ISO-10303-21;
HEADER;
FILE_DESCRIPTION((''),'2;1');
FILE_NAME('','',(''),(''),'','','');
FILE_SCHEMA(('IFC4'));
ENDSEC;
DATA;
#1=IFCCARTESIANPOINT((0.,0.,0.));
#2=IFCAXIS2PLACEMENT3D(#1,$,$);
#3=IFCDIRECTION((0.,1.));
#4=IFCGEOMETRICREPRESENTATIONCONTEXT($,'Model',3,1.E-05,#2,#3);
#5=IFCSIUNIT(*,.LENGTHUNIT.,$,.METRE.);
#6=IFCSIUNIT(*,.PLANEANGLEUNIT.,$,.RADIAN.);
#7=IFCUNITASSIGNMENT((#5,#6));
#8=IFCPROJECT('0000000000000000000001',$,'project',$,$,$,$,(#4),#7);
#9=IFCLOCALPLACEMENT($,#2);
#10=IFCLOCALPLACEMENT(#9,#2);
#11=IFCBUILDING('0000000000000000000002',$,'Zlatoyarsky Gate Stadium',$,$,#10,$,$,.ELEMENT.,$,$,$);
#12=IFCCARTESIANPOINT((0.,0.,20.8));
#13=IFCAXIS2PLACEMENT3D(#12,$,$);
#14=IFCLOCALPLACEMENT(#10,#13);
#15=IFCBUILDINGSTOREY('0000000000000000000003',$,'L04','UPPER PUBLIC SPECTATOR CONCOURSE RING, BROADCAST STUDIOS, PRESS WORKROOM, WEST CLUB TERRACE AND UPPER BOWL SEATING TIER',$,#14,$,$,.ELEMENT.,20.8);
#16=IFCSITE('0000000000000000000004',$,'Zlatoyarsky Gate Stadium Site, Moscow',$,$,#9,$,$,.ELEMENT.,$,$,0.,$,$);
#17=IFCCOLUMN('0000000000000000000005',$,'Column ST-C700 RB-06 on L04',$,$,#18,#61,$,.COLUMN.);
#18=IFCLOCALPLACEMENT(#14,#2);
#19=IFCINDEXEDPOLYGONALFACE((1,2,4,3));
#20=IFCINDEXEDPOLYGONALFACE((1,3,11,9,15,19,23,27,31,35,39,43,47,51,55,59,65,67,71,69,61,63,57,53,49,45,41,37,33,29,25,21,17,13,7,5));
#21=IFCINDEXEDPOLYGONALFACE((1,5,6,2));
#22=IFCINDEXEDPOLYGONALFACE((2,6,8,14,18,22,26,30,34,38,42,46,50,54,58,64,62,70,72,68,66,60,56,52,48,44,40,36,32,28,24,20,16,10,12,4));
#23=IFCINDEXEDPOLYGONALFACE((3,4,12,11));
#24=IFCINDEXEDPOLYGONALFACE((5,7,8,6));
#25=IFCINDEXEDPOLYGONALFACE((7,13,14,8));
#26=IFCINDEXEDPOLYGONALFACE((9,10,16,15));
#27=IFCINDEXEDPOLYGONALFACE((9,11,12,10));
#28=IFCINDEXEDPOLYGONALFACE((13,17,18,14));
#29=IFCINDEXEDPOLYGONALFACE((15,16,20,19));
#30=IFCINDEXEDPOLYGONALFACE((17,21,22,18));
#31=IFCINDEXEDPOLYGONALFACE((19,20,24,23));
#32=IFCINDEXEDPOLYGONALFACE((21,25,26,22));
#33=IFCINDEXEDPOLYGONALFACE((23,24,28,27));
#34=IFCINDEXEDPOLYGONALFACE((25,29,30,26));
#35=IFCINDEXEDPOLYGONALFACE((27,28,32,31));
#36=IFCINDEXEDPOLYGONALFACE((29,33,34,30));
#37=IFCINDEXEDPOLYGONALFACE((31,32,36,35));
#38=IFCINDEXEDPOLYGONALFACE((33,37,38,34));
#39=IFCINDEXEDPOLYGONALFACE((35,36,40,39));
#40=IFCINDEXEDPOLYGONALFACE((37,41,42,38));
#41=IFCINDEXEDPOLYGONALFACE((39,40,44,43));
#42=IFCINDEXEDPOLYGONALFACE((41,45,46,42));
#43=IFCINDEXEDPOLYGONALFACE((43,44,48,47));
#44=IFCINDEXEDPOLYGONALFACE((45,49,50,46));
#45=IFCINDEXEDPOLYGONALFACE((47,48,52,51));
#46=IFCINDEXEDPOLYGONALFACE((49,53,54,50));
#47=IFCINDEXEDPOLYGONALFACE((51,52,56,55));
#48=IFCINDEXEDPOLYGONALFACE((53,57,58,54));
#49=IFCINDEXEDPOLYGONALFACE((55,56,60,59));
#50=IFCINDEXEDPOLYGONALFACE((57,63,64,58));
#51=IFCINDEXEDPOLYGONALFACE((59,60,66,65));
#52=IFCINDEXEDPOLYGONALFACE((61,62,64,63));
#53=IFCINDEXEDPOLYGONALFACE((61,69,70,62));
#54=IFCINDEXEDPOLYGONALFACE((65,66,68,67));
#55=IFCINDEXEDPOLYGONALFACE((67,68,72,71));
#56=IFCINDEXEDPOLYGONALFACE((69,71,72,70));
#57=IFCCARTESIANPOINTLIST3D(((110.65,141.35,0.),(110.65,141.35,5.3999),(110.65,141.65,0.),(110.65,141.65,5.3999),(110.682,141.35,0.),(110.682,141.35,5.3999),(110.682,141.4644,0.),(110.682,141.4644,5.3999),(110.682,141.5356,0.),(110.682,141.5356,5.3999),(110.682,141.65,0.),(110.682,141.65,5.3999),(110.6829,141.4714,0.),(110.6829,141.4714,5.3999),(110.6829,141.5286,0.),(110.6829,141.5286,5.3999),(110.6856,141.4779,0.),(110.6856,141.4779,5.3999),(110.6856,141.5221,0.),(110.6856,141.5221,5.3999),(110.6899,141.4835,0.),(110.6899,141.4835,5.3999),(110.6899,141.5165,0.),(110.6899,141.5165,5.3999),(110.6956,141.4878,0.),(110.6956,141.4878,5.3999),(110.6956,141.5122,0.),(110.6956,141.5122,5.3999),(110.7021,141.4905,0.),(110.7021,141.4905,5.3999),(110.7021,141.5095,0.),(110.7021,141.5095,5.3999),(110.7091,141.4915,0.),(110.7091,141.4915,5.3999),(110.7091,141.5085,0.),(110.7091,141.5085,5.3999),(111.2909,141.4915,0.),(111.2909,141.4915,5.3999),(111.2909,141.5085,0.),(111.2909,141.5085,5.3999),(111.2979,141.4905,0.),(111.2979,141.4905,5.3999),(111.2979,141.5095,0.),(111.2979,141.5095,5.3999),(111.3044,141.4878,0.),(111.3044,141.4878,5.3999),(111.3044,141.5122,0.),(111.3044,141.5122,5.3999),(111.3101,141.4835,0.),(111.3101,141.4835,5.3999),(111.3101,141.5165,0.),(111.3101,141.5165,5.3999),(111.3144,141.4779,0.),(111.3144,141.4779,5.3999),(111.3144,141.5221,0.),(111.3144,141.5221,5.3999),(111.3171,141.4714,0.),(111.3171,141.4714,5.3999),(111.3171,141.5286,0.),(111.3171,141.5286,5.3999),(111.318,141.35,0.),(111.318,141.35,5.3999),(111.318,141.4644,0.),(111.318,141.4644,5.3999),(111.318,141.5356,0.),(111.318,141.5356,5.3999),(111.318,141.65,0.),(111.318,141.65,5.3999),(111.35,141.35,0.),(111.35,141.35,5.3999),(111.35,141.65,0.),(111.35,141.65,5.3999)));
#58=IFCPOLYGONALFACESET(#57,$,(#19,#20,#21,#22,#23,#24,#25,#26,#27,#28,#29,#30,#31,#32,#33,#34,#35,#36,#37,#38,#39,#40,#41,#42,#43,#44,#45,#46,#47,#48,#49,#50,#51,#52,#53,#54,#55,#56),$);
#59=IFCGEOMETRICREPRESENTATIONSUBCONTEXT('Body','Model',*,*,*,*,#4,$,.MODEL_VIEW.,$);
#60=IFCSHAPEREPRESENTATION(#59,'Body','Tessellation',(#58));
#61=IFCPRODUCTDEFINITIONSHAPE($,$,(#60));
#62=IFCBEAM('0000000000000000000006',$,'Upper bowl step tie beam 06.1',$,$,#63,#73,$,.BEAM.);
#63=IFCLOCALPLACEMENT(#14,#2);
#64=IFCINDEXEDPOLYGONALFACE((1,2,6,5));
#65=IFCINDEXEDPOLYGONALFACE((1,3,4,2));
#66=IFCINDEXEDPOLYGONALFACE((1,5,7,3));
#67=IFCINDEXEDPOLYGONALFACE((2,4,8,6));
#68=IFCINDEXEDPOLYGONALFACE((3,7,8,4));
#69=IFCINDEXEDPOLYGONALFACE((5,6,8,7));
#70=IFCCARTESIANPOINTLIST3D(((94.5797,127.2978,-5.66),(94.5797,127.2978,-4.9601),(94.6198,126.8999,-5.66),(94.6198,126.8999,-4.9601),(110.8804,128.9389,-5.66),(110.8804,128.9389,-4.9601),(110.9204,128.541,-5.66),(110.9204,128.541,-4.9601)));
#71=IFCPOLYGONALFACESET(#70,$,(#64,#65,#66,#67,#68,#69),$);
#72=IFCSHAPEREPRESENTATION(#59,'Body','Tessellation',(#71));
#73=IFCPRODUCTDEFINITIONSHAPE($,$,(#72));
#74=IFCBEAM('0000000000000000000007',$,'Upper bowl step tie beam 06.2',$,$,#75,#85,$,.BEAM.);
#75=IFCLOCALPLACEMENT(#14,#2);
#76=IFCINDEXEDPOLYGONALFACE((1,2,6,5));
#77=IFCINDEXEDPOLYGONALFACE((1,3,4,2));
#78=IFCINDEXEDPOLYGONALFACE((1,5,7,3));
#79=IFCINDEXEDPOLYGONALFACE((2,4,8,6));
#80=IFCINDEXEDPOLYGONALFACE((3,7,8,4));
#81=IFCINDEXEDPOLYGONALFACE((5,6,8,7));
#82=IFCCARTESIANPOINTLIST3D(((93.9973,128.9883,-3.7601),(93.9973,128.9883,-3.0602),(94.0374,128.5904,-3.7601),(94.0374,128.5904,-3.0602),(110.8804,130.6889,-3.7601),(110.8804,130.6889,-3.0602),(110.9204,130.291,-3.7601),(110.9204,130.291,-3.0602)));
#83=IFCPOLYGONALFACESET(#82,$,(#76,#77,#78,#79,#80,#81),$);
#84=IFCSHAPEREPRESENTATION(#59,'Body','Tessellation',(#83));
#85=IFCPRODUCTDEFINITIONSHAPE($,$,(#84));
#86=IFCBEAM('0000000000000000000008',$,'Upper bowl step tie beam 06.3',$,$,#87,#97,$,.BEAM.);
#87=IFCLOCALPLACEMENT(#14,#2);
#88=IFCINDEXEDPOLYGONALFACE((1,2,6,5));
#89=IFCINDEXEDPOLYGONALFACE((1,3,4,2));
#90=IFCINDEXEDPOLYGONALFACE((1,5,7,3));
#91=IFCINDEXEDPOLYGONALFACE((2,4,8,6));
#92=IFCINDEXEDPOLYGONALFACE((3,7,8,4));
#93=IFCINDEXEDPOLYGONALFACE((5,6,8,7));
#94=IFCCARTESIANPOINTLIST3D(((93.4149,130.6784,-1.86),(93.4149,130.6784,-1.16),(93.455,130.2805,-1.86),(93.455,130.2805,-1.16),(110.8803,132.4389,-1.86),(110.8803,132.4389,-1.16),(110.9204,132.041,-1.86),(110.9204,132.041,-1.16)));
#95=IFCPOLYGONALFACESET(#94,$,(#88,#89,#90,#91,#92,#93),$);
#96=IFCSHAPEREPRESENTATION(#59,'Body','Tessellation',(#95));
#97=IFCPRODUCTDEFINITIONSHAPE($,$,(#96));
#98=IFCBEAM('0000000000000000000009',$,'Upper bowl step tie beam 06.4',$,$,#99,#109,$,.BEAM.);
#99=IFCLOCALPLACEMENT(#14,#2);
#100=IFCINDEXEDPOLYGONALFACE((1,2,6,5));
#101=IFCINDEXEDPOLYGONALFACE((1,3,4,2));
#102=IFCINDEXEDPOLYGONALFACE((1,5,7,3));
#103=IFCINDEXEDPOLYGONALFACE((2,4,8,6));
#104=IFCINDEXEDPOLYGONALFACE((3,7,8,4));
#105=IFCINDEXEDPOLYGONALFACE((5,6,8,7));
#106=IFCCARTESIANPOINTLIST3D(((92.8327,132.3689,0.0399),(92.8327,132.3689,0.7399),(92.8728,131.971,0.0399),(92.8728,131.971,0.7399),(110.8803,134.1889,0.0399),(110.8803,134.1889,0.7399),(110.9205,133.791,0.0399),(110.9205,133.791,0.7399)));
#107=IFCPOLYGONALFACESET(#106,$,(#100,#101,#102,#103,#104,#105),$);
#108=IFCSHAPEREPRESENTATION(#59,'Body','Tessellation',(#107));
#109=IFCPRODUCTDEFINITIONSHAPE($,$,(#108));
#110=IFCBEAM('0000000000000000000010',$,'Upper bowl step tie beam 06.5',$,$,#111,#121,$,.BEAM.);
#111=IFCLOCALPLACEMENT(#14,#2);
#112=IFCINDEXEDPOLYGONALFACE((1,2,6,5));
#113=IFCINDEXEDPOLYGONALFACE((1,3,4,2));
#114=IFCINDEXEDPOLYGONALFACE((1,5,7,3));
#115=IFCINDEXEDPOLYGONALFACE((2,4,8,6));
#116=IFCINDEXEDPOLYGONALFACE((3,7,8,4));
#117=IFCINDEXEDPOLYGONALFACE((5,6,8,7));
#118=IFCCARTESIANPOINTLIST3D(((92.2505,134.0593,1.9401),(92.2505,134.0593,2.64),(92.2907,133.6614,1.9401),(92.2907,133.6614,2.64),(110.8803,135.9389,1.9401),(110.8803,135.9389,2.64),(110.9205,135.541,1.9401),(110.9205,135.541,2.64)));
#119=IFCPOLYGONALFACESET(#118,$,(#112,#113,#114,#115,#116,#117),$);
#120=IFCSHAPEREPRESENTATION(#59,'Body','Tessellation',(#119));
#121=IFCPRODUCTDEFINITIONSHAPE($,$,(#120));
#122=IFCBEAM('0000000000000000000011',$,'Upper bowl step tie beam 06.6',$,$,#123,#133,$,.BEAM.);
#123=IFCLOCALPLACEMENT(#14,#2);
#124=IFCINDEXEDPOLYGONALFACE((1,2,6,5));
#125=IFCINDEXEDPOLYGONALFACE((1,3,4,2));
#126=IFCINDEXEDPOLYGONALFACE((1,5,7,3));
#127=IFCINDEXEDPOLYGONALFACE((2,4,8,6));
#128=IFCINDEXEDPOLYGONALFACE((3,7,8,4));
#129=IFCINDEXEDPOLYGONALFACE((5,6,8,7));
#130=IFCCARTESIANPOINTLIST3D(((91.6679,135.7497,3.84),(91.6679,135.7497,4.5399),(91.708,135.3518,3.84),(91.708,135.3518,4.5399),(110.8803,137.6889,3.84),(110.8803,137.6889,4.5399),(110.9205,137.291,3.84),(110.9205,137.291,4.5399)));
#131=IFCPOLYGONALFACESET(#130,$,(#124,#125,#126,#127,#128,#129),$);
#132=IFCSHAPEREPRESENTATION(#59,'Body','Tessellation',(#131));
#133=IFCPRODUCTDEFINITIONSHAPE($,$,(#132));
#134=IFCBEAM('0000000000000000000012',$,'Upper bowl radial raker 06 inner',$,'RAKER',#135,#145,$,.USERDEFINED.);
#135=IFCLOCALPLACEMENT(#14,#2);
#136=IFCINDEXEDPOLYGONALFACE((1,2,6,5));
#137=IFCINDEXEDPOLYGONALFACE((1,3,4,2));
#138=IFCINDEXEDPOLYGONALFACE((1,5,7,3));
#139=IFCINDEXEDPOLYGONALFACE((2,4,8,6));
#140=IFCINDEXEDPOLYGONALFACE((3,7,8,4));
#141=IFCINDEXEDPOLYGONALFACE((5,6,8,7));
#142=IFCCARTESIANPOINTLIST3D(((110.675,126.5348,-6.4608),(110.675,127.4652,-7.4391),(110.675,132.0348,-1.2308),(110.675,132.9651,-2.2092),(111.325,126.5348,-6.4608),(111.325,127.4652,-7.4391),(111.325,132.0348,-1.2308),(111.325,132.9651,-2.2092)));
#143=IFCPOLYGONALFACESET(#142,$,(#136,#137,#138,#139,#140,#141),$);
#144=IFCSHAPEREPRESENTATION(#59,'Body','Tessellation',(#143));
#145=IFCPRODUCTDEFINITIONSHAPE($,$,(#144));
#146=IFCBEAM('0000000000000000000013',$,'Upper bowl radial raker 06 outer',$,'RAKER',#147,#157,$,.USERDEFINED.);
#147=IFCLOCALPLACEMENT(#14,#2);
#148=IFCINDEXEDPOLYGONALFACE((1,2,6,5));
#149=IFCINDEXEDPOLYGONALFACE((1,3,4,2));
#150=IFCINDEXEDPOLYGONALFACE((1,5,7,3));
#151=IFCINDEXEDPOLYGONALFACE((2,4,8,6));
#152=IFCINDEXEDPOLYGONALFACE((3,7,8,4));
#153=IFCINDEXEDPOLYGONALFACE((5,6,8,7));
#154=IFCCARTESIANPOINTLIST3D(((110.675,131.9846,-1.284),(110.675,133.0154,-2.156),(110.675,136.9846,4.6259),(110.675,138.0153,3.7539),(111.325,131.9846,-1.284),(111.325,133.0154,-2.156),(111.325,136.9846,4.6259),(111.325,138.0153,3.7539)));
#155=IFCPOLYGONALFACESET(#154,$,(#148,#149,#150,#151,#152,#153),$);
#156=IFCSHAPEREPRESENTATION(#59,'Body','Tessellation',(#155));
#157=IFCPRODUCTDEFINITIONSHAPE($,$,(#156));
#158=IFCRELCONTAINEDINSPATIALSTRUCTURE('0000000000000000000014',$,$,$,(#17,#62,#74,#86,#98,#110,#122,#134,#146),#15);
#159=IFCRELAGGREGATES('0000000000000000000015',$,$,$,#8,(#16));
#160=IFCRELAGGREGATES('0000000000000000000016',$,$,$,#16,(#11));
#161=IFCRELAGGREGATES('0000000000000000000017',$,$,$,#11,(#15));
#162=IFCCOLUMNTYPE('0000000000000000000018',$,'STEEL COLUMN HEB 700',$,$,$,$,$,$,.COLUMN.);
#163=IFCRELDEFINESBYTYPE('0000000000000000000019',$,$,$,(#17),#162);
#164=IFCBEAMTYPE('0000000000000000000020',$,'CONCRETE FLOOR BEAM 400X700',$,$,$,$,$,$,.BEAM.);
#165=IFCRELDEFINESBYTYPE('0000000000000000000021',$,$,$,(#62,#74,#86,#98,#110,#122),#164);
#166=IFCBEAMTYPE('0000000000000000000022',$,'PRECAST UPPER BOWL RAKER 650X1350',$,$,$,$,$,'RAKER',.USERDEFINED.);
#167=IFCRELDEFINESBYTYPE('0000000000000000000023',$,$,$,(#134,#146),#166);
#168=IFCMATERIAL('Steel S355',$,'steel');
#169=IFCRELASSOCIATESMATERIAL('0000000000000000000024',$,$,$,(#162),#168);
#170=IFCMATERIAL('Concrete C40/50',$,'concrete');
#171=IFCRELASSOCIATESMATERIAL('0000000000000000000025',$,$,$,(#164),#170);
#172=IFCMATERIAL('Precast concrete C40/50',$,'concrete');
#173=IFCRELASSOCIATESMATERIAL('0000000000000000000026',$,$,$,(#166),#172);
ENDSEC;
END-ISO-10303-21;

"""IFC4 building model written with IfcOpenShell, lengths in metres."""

from ifc_helpers import new_model, si_unit, direction, frame, origin, origin_2d, place, context, subcontext, project, spatial, rectangle, i_section, extrude, material, material_profile, profile_set, type_object, element, save


model = new_model("IFC4")

# Units and contexts
model_context = context("Model", 3, precision=1e-05, world=origin(), true_north=direction((0.0, 1.0)))
body_context = subcontext(model_context, "Body", "Model", "MODEL_VIEW")
ifc_project = project(units=[si_unit("LENGTHUNIT", "METRE"), si_unit("PLANEANGLEUNIT", "RADIAN")], contexts=[model_context])

# Site, building, storey
site_placement = place(None, origin())
site = spatial("IfcSite", under=ifc_project, at=site_placement, Name="Zlatoyarsky Gate Stadium Site, Moscow", CompositionType="ELEMENT", RefElevation=0.0)
building_placement = place(site_placement, origin())
building = spatial("IfcBuilding", under=site, at=building_placement, Name="Zlatoyarsky Gate Stadium", CompositionType="ELEMENT")
storey_placement = place(building_placement, frame((0.0, 0.0, 20.8)))
storey = spatial("IfcBuildingStorey", under=building, at=storey_placement, Name="L04", Description="UPPER PUBLIC SPECTATOR CONCOURSE RING, BROADCAST STUDIOS, PRESS WORKROOM, WEST CLUB TERRACE AND UPPER BOWL SEATING TIER", CompositionType="ELEMENT", Elevation=20.8)

# Column
ifc_material_1 = material(Name="Steel S355", Category="steel")
ifc_material_profile_1 = material_profile(ifc_material_1, i_section(OverallWidth=0.3, OverallDepth=0.7, WebThickness=0.0171, FlangeThickness=0.032, FilletRadius=0.0271, at=origin_2d()), Name="HEB 700")
ifc_profile_set_1 = profile_set([ifc_material_profile_1], Name="Steel S355")
column_type = type_object("IfcColumnType", Name="STEEL COLUMN HEB 700", PredefinedType="COLUMN", material=ifc_profile_set_1)
column_placement = place(storey_placement, frame((111.0, 141.5, 0.0), z_axis=(0.0, 0.0, 1.0), x_axis=(0.0, 1.0, 0.0)))
element("IfcColumn", 1, at=column_placement, inside=storey, type_object=column_type, Name="Column ST-C700 RB-06 on L04", PredefinedType="COLUMN", context=body_context, shape_type="SweptSolid", body=[
    extrude(i_section(OverallWidth=0.3, OverallDepth=0.7, WebThickness=0.0171, FlangeThickness=0.032, FilletRadius=0.0271, at=origin_2d()), origin(), (0.0, 0.0, 1.0), 5.3999),
])

# Beams
ifc_material_2 = material(Name="Concrete C40/50", Category="concrete")
ifc_material_profile_2 = material_profile(ifc_material_2, rectangle(XDim=0.3999, YDim=0.7, at=origin_2d()), Name="RC BEAM 400X700")
ifc_profile_set_2 = profile_set([ifc_material_profile_2], Name="Concrete C40/50")
beam_type_1 = type_object("IfcBeamType", Name="CONCRETE FLOOR BEAM 400X700", PredefinedType="BEAM", material=ifc_profile_set_2)
beam_1_placement = place(storey_placement, frame((110.9004, 128.74, -5.3101), z_axis=(-0.99497, -0.100172, 0.0), x_axis=(0.100172, -0.99497, 0.0)))
element("IfcBeam", 2, at=beam_1_placement, inside=storey, type_object=beam_type_1, Name="Upper bowl step tie beam 06.1", PredefinedType="BEAM", context=body_context, shape_type="SweptSolid", body=[
    extrude(rectangle(XDim=0.3999, YDim=0.7, at=origin_2d()), origin(), (0.0, 0.0, 1.0), 16.3831),
])
beam_2_placement = place(storey_placement, frame((110.9004, 130.49, -3.4102), z_axis=(-0.994965, -0.100226, 0.0), x_axis=(0.100226, -0.994965, 0.0)))
element("IfcBeam", 3, at=beam_2_placement, inside=storey, type_object=beam_type_1, Name="Upper bowl step tie beam 06.2", PredefinedType="BEAM", context=body_context, shape_type="SweptSolid", body=[
    extrude(rectangle(XDim=0.3999, YDim=0.7, at=origin_2d()), origin(), (0.0, 0.0, 1.0), 16.9685),
])
beam_3_placement = place(storey_placement, frame((110.9004, 132.24, -1.51), z_axis=(-0.994958, -0.100291, 0.0), x_axis=(0.100291, -0.994958, 0.0)))
element("IfcBeam", 4, at=beam_3_placement, inside=storey, type_object=beam_type_1, Name="Upper bowl step tie beam 06.3", PredefinedType="BEAM", context=body_context, shape_type="SweptSolid", body=[
    extrude(rectangle(XDim=0.3999, YDim=0.7, at=origin_2d()), origin(), (0.0, 0.0, 1.0), 17.554),
])
beam_4_placement = place(storey_placement, frame((110.9004, 133.99, 0.3899), z_axis=(-0.994953, -0.100339, 0.0), x_axis=(0.100339, -0.994953, 0.0)))
element("IfcBeam", 5, at=beam_4_placement, inside=storey, type_object=beam_type_1, Name="Upper bowl step tie beam 06.4", PredefinedType="BEAM", context=body_context, shape_type="SweptSolid", body=[
    extrude(rectangle(XDim=0.3999, YDim=0.7, at=origin_2d()), origin(), (0.0, 0.0, 1.0), 18.1392),
])
beam_5_placement = place(storey_placement, frame((110.9004, 135.74, 2.29), z_axis=(-0.994949, -0.100384, 0.0), x_axis=(0.100384, -0.994949, 0.0)))
element("IfcBeam", 6, at=beam_5_placement, inside=storey, type_object=beam_type_1, Name="Upper bowl step tie beam 06.5", PredefinedType="BEAM", context=body_context, shape_type="SweptSolid", body=[
    extrude(rectangle(XDim=0.3999, YDim=0.7, at=origin_2d()), origin(), (0.0, 0.0, 1.0), 18.7244),
])
beam_6_placement = place(storey_placement, frame((110.9004, 137.49, 4.1899), z_axis=(-0.994945, -0.100425, 0.0), x_axis=(0.100425, -0.994945, 0.0)))
element("IfcBeam", 7, at=beam_6_placement, inside=storey, type_object=beam_type_1, Name="Upper bowl step tie beam 06.6", PredefinedType="BEAM", context=body_context, shape_type="SweptSolid", body=[
    extrude(rectangle(XDim=0.3999, YDim=0.7, at=origin_2d()), origin(), (0.0, 0.0, 1.0), 19.3101),
])
ifc_material_3 = material(Name="Precast concrete C40/50", Category="concrete")
ifc_material_profile_3 = material_profile(ifc_material_3, rectangle(XDim=0.6499, YDim=1.3501, at=origin_2d()), Name="PC RAKER 650X1350")
ifc_profile_set_3 = profile_set([ifc_material_profile_3], Name="Precast concrete C40/50")
beam_type_2 = type_object("IfcBeamType", Name="PRECAST UPPER BOWL RAKER 650X1350", ElementType="RAKER", PredefinedType="USERDEFINED", material=ifc_profile_set_3)
beam_7_placement = place(storey_placement, frame((111.0, 127.0, -6.95), z_axis=(0.0, 0.724672, 0.689094), x_axis=(-1.0, 0.0, 0.0)))
element("IfcBeam", 8, at=beam_7_placement, inside=storey, type_object=beam_type_2, Name="Upper bowl radial raker 06 inner", ObjectType="RAKER", PredefinedType="USERDEFINED", context=body_context, shape_type="SweptSolid", body=[
    extrude(rectangle(XDim=0.6499, YDim=1.3501, at=origin_2d()), origin(), (0.0, 0.0, 1.0), 7.5896),
])
beam_8_placement = place(storey_placement, frame((111.0, 132.5, -1.72), z_axis=(0.0, 0.64589, 0.763431), x_axis=(-1.0, 0.0, 0.0)))
element("IfcBeam", 9, at=beam_8_placement, inside=storey, type_object=beam_type_2, Name="Upper bowl radial raker 06 outer", ObjectType="RAKER", PredefinedType="USERDEFINED", context=body_context, shape_type="SweptSolid", body=[
    extrude(rectangle(XDim=0.6499, YDim=1.3501, at=origin_2d()), origin(), (0.0, 0.0, 1.0), 7.7412),
])

save(model, "model.ifc")
